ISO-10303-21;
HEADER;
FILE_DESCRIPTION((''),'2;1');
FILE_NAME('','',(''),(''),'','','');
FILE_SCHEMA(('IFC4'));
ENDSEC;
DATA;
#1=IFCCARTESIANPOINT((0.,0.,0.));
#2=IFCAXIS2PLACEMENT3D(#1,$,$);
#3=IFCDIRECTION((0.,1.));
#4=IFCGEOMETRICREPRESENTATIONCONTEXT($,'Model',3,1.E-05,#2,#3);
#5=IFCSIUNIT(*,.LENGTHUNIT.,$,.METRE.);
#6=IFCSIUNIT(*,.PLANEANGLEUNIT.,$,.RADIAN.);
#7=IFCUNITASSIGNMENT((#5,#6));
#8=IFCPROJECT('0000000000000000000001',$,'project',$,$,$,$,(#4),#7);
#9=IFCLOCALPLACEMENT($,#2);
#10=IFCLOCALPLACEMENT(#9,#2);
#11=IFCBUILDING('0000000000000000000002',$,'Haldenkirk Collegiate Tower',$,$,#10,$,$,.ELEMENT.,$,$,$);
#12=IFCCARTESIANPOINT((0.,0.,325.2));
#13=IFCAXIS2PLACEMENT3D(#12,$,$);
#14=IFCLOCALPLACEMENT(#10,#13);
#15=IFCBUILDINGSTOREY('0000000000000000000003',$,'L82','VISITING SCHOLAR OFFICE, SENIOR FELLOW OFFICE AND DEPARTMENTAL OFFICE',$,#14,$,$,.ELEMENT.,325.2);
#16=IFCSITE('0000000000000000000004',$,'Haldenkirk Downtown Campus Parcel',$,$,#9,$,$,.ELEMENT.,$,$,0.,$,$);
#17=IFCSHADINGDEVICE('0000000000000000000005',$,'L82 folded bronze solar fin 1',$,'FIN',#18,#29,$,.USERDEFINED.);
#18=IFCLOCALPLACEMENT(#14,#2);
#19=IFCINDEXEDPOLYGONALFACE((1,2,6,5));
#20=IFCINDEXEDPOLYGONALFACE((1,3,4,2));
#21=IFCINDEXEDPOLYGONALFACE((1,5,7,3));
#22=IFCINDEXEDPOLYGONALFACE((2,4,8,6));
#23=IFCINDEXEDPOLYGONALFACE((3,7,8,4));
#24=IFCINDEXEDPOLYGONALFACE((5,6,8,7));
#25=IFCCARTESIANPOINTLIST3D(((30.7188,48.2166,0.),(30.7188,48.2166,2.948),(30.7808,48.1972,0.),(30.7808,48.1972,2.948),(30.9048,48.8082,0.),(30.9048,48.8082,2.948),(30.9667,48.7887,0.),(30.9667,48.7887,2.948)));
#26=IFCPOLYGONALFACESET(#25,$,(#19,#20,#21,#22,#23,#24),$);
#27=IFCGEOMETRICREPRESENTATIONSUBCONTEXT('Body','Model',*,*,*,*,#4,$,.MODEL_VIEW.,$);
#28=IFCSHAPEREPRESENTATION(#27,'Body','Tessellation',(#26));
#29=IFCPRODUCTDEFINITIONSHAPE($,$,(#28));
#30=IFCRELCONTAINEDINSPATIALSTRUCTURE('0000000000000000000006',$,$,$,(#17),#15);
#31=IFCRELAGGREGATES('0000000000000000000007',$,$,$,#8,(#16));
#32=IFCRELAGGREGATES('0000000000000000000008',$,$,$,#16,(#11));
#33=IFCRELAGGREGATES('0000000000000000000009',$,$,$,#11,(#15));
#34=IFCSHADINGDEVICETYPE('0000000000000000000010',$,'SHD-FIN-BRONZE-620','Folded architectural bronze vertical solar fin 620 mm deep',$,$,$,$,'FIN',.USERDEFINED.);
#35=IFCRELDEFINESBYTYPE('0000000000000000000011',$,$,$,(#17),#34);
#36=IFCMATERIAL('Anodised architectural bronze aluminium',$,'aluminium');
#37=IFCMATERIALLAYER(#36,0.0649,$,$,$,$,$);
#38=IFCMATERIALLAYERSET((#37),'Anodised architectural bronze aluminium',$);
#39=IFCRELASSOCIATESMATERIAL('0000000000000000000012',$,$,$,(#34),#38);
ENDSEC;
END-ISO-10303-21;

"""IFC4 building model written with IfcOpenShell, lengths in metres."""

from ifc_helpers import new_model, si_unit, direction, frame, origin, origin_2d, place, context, subcontext, project, spatial, rectangle, extrude, source, transform, mapped, material, layer, layer_set, type_object, element, save


model = new_model("IFC4")

# Units and contexts
model_context = context("Model", 3, precision=1e-05, world=origin(), true_north=direction((0.0, 1.0)))
body_context = subcontext(model_context, "Body", "Model", "MODEL_VIEW")
ifc_project = project(units=[si_unit("LENGTHUNIT", "METRE"), si_unit("PLANEANGLEUNIT", "RADIAN")], contexts=[model_context])

# Site, building, storey
site_placement = place(None, origin())
site = spatial("IfcSite", under=ifc_project, at=site_placement, Name="Haldenkirk Downtown Campus Parcel", CompositionType="ELEMENT", RefElevation=0.0)
building_placement = place(site_placement, origin())
building = spatial("IfcBuilding", under=site, at=building_placement, Name="Haldenkirk Collegiate Tower", CompositionType="ELEMENT")
storey_placement = place(building_placement, frame((0.0, 0.0, 325.2)))
storey = spatial("IfcBuildingStorey", under=building, at=storey_placement, Name="L82", Description="VISITING SCHOLAR OFFICE, SENIOR FELLOW OFFICE AND DEPARTMENTAL OFFICE", CompositionType="ELEMENT", Elevation=325.2)

# Shared definitions
ifc_material_1 = material(Name="Anodised architectural bronze aluminium", Category="aluminium")

# Shading device
ifc_layer_1 = layer(ifc_material_1, 0.0649)
ifc_layer_set_1 = layer_set([ifc_layer_1], Name="Anodised architectural bronze aluminium")
shading_device_type = type_object("IfcShadingDeviceType", Name="SHD-FIN-BRONZE-620", Description="Folded architectural bronze vertical solar fin 620 mm deep", ElementType="FIN", PredefinedType="USERDEFINED", material=ifc_layer_set_1)
shared_shape_1 = source(origin(), body_context, "Body", "SweptSolid", [
    extrude(rectangle(XDim=0.6201, YDim=0.0649, at=origin_2d()), origin(), (0.0, 0.0, 1.0), 2.948),
])
shading_device_placement = place(storey_placement, frame((30.8428, 48.5027, 0.0), z_axis=(0.0, 0.0, 1.0), x_axis=(0.299873, 0.953979, 0.0)))
element("IfcShadingDevice", 1, at=shading_device_placement, inside=storey, type_object=shading_device_type, Name="L82 folded bronze solar fin 1", ObjectType="FIN", PredefinedType="USERDEFINED", context=body_context, shape_type="MappedRepresentation", body=[
    mapped(shared_shape_1, transform((0.0, 0.0, 0.0), x_axis=(1.0, 0.0, 0.0), y_axis=(0.0, 1.0, 0.0), z_axis=(0.0, 0.0, 1.0), scale=1.0)),
])

save(model, "model.ifc")
